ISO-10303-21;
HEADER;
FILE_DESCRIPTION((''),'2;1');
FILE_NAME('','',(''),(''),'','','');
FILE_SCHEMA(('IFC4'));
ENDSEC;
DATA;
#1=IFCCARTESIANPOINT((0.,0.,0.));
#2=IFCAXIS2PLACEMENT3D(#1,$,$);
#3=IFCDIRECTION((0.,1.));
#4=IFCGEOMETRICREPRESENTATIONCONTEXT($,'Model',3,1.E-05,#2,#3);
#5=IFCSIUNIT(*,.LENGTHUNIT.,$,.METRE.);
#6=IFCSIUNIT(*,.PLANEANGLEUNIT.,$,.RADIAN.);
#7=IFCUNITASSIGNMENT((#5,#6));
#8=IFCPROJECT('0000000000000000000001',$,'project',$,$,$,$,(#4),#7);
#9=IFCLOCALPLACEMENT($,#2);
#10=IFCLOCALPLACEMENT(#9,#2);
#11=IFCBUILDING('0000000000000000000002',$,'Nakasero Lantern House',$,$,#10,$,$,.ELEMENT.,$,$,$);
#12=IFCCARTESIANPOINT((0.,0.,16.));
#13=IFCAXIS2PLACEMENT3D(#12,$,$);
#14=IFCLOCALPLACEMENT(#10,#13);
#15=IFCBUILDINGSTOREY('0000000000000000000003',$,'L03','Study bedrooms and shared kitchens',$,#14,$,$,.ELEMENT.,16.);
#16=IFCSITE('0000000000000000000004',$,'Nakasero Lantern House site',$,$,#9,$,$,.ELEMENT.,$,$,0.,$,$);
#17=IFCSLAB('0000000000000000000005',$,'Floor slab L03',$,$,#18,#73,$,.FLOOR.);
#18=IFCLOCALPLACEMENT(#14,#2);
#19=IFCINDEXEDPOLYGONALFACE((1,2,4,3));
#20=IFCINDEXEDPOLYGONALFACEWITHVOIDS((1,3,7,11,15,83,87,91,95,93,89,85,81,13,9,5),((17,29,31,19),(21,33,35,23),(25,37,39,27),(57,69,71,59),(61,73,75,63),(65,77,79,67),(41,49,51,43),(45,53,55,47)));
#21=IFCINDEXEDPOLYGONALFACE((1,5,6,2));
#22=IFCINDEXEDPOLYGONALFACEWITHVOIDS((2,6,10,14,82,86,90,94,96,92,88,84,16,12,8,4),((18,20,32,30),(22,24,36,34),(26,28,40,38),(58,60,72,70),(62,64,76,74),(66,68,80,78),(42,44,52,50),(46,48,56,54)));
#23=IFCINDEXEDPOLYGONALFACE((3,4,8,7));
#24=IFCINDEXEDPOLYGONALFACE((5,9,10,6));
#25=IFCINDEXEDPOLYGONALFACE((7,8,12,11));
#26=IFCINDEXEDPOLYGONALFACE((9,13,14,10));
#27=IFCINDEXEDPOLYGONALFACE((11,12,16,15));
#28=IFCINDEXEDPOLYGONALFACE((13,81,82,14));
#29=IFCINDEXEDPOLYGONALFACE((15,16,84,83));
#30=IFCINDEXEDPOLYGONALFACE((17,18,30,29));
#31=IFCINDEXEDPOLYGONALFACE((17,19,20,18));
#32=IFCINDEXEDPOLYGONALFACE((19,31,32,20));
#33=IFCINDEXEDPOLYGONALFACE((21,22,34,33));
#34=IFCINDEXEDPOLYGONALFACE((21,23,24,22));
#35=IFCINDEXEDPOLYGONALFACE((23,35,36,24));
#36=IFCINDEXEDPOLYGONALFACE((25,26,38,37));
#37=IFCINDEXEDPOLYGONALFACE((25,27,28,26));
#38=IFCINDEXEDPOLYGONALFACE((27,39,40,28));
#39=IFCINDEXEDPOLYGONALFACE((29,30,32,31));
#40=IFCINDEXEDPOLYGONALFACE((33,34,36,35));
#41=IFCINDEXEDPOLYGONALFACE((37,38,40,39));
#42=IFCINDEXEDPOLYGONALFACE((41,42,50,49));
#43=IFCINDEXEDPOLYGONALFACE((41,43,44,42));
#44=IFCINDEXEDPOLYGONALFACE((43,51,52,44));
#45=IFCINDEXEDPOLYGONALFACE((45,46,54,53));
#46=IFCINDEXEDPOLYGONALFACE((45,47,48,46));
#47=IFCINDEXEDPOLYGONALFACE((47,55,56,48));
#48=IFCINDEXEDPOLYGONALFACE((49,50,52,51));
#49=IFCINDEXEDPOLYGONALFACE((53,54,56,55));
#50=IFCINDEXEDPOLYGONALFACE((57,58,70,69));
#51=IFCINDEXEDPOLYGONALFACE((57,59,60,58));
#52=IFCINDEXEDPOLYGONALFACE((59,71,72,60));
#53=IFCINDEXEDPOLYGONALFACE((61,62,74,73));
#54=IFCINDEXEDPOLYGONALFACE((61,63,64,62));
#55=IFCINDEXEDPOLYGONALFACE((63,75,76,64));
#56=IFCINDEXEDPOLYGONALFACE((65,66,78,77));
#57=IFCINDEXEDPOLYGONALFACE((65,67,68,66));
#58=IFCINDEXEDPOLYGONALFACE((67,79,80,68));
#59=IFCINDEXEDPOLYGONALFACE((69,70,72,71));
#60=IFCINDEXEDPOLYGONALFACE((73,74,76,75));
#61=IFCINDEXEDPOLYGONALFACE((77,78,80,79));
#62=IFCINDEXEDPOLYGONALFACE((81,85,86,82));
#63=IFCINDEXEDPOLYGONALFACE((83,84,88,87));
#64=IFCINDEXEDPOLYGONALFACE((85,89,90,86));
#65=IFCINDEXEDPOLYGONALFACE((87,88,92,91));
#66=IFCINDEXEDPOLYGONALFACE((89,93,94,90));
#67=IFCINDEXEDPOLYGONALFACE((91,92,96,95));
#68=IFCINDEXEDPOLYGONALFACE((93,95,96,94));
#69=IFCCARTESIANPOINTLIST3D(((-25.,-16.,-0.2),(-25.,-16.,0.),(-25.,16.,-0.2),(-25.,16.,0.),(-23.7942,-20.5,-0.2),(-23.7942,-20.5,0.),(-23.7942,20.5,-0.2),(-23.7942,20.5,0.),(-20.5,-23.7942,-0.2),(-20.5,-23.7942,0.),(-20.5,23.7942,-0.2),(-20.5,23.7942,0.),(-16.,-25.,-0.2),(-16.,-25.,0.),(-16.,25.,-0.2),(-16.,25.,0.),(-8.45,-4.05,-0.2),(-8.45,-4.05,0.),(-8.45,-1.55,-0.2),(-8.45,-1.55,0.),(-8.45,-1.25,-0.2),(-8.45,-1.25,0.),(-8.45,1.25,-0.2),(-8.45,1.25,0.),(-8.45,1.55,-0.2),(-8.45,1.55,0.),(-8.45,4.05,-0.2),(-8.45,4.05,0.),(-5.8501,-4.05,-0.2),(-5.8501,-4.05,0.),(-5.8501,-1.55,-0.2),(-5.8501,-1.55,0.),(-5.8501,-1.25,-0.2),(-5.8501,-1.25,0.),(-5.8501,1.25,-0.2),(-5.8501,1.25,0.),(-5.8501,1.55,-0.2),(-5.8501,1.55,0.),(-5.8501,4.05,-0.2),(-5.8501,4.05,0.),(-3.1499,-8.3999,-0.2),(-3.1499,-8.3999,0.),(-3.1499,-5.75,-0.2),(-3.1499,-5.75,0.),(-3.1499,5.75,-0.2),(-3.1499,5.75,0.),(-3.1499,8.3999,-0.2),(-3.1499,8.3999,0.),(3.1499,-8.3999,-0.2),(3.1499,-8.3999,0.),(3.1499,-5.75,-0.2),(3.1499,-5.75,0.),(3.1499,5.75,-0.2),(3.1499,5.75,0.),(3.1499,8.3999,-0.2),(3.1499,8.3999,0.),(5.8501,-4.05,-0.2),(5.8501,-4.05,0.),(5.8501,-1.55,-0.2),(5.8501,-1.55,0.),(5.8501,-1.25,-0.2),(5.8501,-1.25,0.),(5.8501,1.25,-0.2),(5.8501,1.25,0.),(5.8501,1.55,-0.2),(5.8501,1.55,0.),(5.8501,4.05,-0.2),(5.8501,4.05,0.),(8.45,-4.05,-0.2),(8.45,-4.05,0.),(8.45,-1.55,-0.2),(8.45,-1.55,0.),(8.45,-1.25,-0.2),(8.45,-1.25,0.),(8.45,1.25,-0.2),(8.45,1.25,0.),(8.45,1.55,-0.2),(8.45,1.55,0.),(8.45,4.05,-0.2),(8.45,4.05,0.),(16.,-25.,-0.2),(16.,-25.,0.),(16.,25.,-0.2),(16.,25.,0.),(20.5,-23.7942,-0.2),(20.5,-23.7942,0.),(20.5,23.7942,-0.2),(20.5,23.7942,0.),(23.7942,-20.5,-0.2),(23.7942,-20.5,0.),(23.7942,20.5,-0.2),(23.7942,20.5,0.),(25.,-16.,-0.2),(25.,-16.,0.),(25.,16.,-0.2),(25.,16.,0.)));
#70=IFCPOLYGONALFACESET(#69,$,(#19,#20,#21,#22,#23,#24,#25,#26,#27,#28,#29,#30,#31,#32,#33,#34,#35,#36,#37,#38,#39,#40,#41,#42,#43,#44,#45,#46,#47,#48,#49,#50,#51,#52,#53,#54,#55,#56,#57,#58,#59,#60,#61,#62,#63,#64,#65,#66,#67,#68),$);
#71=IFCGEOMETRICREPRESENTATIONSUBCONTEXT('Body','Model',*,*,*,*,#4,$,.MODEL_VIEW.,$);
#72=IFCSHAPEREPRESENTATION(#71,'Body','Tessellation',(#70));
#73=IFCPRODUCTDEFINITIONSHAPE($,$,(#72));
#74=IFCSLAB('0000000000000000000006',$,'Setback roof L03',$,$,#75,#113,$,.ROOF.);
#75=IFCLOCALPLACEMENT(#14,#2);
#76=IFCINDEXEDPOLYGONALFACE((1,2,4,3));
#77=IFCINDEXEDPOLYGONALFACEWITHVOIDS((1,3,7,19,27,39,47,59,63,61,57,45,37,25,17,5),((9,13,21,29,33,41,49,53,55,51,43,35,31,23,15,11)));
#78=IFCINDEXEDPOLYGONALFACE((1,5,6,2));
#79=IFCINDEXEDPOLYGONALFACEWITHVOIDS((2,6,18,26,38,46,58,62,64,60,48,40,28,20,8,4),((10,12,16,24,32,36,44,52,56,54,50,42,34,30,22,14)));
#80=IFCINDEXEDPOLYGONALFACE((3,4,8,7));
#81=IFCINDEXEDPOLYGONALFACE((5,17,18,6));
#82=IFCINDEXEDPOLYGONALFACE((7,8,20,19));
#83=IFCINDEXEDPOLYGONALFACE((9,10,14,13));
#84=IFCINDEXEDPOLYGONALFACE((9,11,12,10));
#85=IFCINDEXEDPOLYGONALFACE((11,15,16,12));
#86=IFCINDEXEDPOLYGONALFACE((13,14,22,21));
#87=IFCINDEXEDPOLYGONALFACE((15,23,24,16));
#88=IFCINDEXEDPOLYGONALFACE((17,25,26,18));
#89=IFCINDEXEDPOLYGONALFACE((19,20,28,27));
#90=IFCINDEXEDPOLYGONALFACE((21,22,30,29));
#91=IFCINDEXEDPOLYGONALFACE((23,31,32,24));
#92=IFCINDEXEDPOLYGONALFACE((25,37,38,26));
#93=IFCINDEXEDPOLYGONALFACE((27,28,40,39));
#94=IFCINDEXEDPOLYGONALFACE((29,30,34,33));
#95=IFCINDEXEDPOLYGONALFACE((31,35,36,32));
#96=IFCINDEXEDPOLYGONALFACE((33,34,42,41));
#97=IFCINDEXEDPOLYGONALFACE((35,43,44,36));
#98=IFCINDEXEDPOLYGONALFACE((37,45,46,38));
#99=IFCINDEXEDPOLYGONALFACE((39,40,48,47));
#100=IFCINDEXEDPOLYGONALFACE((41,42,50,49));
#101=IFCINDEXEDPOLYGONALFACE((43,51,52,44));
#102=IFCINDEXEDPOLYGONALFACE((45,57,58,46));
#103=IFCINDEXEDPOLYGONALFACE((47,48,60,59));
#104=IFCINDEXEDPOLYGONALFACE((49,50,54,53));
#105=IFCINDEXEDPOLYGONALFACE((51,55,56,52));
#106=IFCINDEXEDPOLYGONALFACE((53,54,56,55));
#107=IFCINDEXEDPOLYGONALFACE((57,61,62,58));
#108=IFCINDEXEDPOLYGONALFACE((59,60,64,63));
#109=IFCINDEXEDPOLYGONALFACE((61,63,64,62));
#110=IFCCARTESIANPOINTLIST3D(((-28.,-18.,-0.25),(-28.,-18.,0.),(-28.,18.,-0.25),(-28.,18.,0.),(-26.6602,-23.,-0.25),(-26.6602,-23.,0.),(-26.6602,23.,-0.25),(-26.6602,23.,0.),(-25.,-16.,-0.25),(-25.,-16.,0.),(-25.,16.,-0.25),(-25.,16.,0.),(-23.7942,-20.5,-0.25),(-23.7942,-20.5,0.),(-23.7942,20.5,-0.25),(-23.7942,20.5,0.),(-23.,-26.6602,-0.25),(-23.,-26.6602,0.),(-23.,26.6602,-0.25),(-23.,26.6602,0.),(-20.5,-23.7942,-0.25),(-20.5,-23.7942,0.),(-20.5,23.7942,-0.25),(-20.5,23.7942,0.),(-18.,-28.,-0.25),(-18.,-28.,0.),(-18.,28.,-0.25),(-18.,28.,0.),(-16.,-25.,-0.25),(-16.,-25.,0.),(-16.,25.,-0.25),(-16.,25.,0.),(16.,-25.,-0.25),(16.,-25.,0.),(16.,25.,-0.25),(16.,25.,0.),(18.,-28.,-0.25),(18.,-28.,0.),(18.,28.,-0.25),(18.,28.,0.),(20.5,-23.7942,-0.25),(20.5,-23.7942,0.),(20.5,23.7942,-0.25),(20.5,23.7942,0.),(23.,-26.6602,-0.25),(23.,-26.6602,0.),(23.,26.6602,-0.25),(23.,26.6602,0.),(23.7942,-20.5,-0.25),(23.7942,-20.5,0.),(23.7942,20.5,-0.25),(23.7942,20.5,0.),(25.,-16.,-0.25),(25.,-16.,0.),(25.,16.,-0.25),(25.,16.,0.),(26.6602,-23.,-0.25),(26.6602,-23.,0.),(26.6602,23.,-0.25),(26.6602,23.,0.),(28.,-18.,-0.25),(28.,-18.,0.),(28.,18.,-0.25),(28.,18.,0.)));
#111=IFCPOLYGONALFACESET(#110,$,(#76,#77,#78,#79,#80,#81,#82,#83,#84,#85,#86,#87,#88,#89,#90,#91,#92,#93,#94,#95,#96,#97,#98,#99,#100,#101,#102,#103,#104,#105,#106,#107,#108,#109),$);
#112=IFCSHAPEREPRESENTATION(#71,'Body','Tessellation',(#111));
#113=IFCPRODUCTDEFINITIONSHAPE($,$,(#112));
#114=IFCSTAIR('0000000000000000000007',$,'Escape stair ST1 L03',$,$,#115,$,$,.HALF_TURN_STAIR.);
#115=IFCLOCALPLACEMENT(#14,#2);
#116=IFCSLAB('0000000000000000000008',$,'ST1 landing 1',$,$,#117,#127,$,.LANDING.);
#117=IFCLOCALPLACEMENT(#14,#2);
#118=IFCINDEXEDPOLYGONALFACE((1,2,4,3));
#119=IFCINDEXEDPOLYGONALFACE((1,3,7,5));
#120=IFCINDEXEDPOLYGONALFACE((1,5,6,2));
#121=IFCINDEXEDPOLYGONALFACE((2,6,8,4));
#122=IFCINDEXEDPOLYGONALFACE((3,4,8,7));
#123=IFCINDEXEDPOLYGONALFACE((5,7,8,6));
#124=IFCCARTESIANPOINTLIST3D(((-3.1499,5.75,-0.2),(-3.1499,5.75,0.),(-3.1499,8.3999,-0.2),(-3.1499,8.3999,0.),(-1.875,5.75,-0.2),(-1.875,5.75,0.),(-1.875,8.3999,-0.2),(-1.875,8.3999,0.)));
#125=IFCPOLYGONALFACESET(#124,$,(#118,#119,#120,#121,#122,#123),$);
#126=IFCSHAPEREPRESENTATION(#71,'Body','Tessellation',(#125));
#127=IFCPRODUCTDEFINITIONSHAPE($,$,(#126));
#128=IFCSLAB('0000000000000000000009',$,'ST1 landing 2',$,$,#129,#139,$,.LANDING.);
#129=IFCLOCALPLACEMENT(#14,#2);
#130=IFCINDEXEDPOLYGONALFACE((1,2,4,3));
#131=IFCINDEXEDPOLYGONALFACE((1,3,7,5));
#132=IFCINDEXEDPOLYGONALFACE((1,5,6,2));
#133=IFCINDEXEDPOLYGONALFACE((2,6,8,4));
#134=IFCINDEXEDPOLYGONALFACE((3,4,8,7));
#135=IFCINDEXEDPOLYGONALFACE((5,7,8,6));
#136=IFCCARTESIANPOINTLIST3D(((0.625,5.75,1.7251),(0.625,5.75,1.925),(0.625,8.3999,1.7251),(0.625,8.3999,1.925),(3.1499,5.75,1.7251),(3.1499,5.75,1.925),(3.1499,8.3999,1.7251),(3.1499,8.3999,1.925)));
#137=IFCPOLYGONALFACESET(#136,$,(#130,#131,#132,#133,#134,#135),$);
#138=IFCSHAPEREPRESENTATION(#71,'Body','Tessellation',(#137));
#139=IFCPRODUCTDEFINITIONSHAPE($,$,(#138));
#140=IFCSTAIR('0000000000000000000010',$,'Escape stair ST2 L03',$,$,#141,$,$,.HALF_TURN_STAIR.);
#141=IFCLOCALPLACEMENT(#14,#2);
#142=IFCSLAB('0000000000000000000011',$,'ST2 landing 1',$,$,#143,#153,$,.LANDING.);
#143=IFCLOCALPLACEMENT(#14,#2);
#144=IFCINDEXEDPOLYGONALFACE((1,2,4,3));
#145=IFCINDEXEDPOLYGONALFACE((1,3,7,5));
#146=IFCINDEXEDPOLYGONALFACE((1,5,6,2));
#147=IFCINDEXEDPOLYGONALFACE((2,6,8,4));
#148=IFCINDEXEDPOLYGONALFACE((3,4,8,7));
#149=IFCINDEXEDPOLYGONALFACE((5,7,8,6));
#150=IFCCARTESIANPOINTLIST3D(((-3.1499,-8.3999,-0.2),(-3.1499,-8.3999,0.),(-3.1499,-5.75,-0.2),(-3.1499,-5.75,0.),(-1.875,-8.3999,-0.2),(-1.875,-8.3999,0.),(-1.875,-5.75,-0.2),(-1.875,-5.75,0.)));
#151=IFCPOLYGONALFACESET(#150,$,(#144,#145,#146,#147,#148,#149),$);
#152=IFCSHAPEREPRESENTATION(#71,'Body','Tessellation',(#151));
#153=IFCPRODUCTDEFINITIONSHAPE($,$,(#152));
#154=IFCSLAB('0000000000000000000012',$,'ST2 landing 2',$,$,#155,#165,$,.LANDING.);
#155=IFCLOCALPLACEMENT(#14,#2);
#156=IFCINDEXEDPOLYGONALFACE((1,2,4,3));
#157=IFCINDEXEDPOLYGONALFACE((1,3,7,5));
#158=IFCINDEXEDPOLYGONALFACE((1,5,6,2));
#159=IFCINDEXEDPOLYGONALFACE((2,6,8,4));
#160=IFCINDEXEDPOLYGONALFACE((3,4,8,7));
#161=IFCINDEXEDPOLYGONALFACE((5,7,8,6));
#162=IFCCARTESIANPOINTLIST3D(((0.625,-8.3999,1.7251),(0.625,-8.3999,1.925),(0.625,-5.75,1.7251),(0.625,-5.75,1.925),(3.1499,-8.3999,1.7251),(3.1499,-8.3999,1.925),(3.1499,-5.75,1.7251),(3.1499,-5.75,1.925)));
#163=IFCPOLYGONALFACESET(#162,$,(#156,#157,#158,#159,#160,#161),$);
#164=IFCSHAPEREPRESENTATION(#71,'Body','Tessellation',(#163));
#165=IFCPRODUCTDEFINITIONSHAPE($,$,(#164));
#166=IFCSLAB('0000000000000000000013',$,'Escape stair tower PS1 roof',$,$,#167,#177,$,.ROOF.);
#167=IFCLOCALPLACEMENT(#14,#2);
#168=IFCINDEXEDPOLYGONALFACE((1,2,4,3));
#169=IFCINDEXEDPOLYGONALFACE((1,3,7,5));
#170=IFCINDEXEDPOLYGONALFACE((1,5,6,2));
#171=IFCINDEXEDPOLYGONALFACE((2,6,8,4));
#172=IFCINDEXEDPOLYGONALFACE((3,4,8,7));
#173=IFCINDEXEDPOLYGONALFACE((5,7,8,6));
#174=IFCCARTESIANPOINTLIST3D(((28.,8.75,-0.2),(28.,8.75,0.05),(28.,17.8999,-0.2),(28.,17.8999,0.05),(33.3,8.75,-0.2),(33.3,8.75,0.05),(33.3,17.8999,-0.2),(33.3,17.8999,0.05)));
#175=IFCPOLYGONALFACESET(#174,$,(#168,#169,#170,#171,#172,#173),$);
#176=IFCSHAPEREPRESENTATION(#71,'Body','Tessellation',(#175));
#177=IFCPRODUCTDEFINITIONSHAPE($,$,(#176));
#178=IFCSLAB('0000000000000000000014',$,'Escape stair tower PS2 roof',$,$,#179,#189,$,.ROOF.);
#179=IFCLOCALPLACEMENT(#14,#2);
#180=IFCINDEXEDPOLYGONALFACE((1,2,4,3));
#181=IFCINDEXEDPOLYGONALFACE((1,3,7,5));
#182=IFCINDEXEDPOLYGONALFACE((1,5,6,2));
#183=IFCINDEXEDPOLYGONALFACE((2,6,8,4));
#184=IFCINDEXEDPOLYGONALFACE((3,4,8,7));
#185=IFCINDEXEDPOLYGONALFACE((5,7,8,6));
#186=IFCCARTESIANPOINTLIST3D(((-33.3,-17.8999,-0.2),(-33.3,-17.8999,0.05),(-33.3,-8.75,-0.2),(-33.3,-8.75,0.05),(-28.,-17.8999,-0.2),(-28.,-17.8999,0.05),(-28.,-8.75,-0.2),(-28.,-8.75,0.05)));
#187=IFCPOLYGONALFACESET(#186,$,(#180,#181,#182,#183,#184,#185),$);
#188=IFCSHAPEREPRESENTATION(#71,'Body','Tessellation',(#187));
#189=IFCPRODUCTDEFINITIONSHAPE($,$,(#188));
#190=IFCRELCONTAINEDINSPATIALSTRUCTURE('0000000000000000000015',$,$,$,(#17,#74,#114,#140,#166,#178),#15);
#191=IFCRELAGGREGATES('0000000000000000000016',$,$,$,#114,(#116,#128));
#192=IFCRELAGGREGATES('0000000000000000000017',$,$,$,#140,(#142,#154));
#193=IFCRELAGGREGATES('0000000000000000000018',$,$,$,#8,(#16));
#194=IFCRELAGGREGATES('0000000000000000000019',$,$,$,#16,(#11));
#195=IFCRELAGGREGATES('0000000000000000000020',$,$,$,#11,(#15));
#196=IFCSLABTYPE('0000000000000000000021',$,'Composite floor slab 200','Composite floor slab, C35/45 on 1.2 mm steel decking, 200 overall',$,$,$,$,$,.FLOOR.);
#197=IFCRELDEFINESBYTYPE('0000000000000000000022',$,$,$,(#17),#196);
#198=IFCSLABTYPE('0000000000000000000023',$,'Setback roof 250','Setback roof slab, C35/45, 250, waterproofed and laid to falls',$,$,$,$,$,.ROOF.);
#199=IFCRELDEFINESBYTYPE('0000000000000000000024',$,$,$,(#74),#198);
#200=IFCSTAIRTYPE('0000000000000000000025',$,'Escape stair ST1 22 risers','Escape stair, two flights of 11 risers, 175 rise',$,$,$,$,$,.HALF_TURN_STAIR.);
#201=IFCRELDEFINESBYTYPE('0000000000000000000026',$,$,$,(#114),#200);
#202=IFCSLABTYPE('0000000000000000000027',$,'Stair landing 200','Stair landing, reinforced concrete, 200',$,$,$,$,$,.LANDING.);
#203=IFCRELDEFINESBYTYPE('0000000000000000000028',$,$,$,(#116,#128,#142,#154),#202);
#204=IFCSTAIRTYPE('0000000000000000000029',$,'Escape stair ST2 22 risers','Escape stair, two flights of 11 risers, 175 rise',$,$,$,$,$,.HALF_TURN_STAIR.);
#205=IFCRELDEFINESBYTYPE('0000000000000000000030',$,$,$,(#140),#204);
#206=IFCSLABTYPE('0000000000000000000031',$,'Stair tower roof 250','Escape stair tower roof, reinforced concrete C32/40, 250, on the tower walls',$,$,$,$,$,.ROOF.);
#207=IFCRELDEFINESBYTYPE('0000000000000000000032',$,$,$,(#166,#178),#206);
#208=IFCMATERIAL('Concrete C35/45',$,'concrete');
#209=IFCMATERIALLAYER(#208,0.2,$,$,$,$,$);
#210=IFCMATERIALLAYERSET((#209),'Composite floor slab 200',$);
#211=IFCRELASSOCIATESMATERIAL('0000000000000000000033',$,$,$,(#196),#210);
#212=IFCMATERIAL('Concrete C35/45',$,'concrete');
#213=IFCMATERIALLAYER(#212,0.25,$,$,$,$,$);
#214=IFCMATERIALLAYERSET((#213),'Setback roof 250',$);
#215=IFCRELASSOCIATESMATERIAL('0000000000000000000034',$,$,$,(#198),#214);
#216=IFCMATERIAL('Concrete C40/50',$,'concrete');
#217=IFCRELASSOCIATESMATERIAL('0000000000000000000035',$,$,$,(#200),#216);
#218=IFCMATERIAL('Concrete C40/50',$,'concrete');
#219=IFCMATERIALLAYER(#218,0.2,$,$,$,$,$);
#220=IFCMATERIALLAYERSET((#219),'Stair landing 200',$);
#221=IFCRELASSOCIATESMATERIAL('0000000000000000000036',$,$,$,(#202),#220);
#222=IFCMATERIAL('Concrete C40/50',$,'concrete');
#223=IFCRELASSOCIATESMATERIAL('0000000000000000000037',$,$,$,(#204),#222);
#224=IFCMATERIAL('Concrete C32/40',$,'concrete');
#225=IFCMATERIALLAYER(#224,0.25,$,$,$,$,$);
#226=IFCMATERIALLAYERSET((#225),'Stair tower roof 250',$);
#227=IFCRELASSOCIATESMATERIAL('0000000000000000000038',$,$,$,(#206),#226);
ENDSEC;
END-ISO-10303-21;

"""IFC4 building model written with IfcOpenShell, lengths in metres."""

from ifc_helpers import new_model, si_unit, direction, frame, origin, place, context, subcontext, project, spatial, polyline, outline, extrude, material, layer, layer_set, type_object, element, aggregate, save


model = new_model("IFC4")

# Units and contexts
model_context = context("Model", 3, precision=1e-05, world=origin(), true_north=direction((0.0, 1.0)))
body_context = subcontext(model_context, "Body", "Model", "MODEL_VIEW")
ifc_project = project(units=[si_unit("LENGTHUNIT", "METRE"), si_unit("PLANEANGLEUNIT", "RADIAN")], contexts=[model_context])

# Site, building, storey
site_placement = place(None, origin())
site = spatial("IfcSite", under=ifc_project, at=site_placement, Name="Nakasero Lantern House site", CompositionType="ELEMENT", RefElevation=0.0)
building_placement = place(site_placement, origin())
building = spatial("IfcBuilding", under=site, at=building_placement, Name="Nakasero Lantern House", CompositionType="ELEMENT")
storey_placement = place(building_placement, frame((0.0, 0.0, 16.0)))
storey = spatial("IfcBuildingStorey", under=building, at=storey_placement, Name="L03", Description="Study bedrooms and shared kitchens", CompositionType="ELEMENT", Elevation=16.0)

# Slabs
ifc_material_1 = material(Name="Concrete C35/45", Category="concrete")
ifc_layer_1 = layer(ifc_material_1, 0.2)
ifc_layer_set_1 = layer_set([ifc_layer_1], Name="Composite floor slab 200")
slab_type_1 = type_object("IfcSlabType", Name="Composite floor slab 200", Description="Composite floor slab, C35/45 on 1.2 mm steel decking, 200 overall", PredefinedType="FLOOR", material=ifc_layer_set_1)
slab_1_placement = place(storey_placement, frame((0.0, 0.0, -0.2)))
element("IfcSlab", 1, at=slab_1_placement, inside=storey, type_object=slab_type_1, Name="Floor slab L03", PredefinedType="FLOOR", context=body_context, shape_type="SweptSolid", body=[
    extrude(outline(polyline([(25.0, 16.0), (23.7942, 20.5), (20.5, 23.7942), (16.0, 25.0), (-16.0, 25.0), (-20.5, 23.7942), (-23.7942, 20.5), (-25.0, 16.0), (-25.0, -16.0), (-23.7942, -20.5), (-20.5, -23.7942), (-16.0, -25.0), (16.0, -25.0), (20.5, -23.7942), (23.7942, -20.5), (25.0, -16.0), (25.0, 16.0)]), holes=[polyline([(-8.45, -4.05), (-5.8501, -4.05), (-5.8501, -1.55), (-8.45, -1.55), (-8.45, -4.05)]), polyline([(-8.45, -1.25), (-5.8501, -1.25), (-5.8501, 1.25), (-8.45, 1.25), (-8.45, -1.25)]), polyline([(-8.45, 1.55), (-5.8501, 1.55), (-5.8501, 4.05), (-8.45, 4.05), (-8.45, 1.55)]), polyline([(5.8501, -4.05), (8.45, -4.05), (8.45, -1.55), (5.8501, -1.55), (5.8501, -4.05)]), polyline([(5.8501, -1.25), (8.45, -1.25), (8.45, 1.25), (5.8501, 1.25), (5.8501, -1.25)]), polyline([(5.8501, 1.55), (8.45, 1.55), (8.45, 4.05), (5.8501, 4.05), (5.8501, 1.55)]), polyline([(-3.1499, 5.75), (3.1499, 5.75), (3.1499, 8.3999), (-3.1499, 8.3999), (-3.1499, 5.75)]), polyline([(-3.1499, -8.3999), (3.1499, -8.3999), (3.1499, -5.75), (-3.1499, -5.75), (-3.1499, -8.3999)])]), origin(), (0.0, 0.0, 1.0), 0.2),
])
ifc_material_2 = material(Name="Concrete C35/45", Category="concrete")
ifc_layer_2 = layer(ifc_material_2, 0.25)
ifc_layer_set_2 = layer_set([ifc_layer_2], Name="Setback roof 250")
slab_type_2 = type_object("IfcSlabType", Name="Setback roof 250", Description="Setback roof slab, C35/45, 250, waterproofed and laid to falls", PredefinedType="ROOF", material=ifc_layer_set_2)
slab_2_placement = place(storey_placement, frame((0.0, 0.0, -0.25)))
element("IfcSlab", 2, at=slab_2_placement, inside=storey, type_object=slab_type_2, Name="Setback roof L03", PredefinedType="ROOF", context=body_context, shape_type="SweptSolid", body=[
    extrude(outline(polyline([(28.0, 18.0), (26.6602, 23.0), (23.0, 26.6602), (18.0, 28.0), (-18.0, 28.0), (-23.0, 26.6602), (-26.6602, 23.0), (-28.0, 18.0), (-28.0, -18.0), (-26.6602, -23.0), (-23.0, -26.6602), (-18.0, -28.0), (18.0, -28.0), (23.0, -26.6602), (26.6602, -23.0), (28.0, -18.0), (28.0, 18.0)]), holes=[polyline([(25.0, 16.0), (23.7942, 20.5), (20.5, 23.7942), (16.0, 25.0), (-16.0, 25.0), (-20.5, 23.7942), (-23.7942, 20.5), (-25.0, 16.0), (-25.0, -16.0), (-23.7942, -20.5), (-20.5, -23.7942), (-16.0, -25.0), (16.0, -25.0), (20.5, -23.7942), (23.7942, -20.5), (25.0, -16.0), (25.0, 16.0)])]), origin(), (0.0, 0.0, 1.0), 0.25),
])

# Stairs, slabs
ifc_material_3 = material(Name="Concrete C40/50", Category="concrete")
stair_type_1 = type_object("IfcStairType", Name="Escape stair ST1 22 risers", Description="Escape stair, two flights of 11 risers, 175 rise", PredefinedType="HALF_TURN_STAIR", material=ifc_material_3)
stair_1_placement = place(storey_placement, origin())
stair_1 = element("IfcStair", 3, at=stair_1_placement, inside=storey, type_object=stair_type_1, Name="Escape stair ST1 L03", PredefinedType="HALF_TURN_STAIR")
ifc_material_4 = material(Name="Concrete C40/50", Category="concrete")
ifc_layer_3 = layer(ifc_material_4, 0.2)
ifc_layer_set_3 = layer_set([ifc_layer_3], Name="Stair landing 200")
slab_type_3 = type_object("IfcSlabType", Name="Stair landing 200", Description="Stair landing, reinforced concrete, 200", PredefinedType="LANDING", material=ifc_layer_set_3)
slab_3_placement = place(storey_placement, frame((0.0, 0.0, -0.2)))
slab_3 = element("IfcSlab", 4, at=slab_3_placement, type_object=slab_type_3, Name="ST1 landing 1", PredefinedType="LANDING", context=body_context, shape_type="SweptSolid", body=[
    extrude(outline(polyline([(-3.1499, 5.75), (-1.875, 5.75), (-1.875, 8.3999), (-3.1499, 8.3999), (-3.1499, 5.75)])), origin(), (0.0, 0.0, 1.0), 0.2),
])
slab_4_placement = place(storey_placement, frame((0.0, 0.0, 1.7251)))
slab_4 = element("IfcSlab", 5, at=slab_4_placement, type_object=slab_type_3, Name="ST1 landing 2", PredefinedType="LANDING", context=body_context, shape_type="SweptSolid", body=[
    extrude(outline(polyline([(0.625, 5.75), (3.1499, 5.75), (3.1499, 8.3999), (0.625, 8.3999), (0.625, 5.75)])), origin(), (0.0, 0.0, 1.0), 0.2),
])
aggregate(stair_1, [slab_3, slab_4])
ifc_material_5 = material(Name="Concrete C40/50", Category="concrete")
stair_type_2 = type_object("IfcStairType", Name="Escape stair ST2 22 risers", Description="Escape stair, two flights of 11 risers, 175 rise", PredefinedType="HALF_TURN_STAIR", material=ifc_material_5)
stair_2_placement = place(storey_placement, origin())
stair_2 = element("IfcStair", 6, at=stair_2_placement, inside=storey, type_object=stair_type_2, Name="Escape stair ST2 L03", PredefinedType="HALF_TURN_STAIR")
slab_5_placement = place(storey_placement, frame((0.0, 0.0, -0.2)))
slab_5 = element("IfcSlab", 7, at=slab_5_placement, type_object=slab_type_3, Name="ST2 landing 1", PredefinedType="LANDING", context=body_context, shape_type="SweptSolid", body=[
    extrude(outline(polyline([(-3.1499, -8.3999), (-1.875, -8.3999), (-1.875, -5.75), (-3.1499, -5.75), (-3.1499, -8.3999)])), origin(), (0.0, 0.0, 1.0), 0.2),
])
slab_6_placement = place(storey_placement, frame((0.0, 0.0, 1.7251)))
slab_6 = element("IfcSlab", 8, at=slab_6_placement, type_object=slab_type_3, Name="ST2 landing 2", PredefinedType="LANDING", context=body_context, shape_type="SweptSolid", body=[
    extrude(outline(polyline([(0.625, -8.3999), (3.1499, -8.3999), (3.1499, -5.75), (0.625, -5.75), (0.625, -8.3999)])), origin(), (0.0, 0.0, 1.0), 0.2),
])

# Slabs
ifc_material_6 = material(Name="Concrete C32/40", Category="concrete")
ifc_layer_4 = layer(ifc_material_6, 0.25)
ifc_layer_set_4 = layer_set([ifc_layer_4], Name="Stair tower roof 250")
slab_type_4 = type_object("IfcSlabType", Name="Stair tower roof 250", Description="Escape stair tower roof, reinforced concrete C32/40, 250, on the tower walls", PredefinedType="ROOF", material=ifc_layer_set_4)
slab_7_placement = place(storey_placement, frame((0.0, 0.0, -0.2)))
element("IfcSlab", 9, at=slab_7_placement, inside=storey, type_object=slab_type_4, Name="Escape stair tower PS1 roof", PredefinedType="ROOF", context=body_context, shape_type="SweptSolid", body=[
    extrude(outline(polyline([(28.0, 8.75), (33.3, 8.75), (33.3, 17.8999), (28.0, 17.8999), (28.0, 8.75)])), origin(), (0.0, 0.0, 1.0), 0.25),
])
slab_8_placement = place(storey_placement, frame((0.0, 0.0, -0.2)))
element("IfcSlab", 10, at=slab_8_placement, inside=storey, type_object=slab_type_4, Name="Escape stair tower PS2 roof", PredefinedType="ROOF", context=body_context, shape_type="SweptSolid", body=[
    extrude(outline(polyline([(-28.0, -8.75), (-33.3, -8.75), (-33.3, -17.8999), (-28.0, -17.8999), (-28.0, -8.75)])), origin(), (0.0, 0.0, 1.0), 0.25),
])

aggregate(stair_2, [slab_5, slab_6])

save(model, "model.ifc")
